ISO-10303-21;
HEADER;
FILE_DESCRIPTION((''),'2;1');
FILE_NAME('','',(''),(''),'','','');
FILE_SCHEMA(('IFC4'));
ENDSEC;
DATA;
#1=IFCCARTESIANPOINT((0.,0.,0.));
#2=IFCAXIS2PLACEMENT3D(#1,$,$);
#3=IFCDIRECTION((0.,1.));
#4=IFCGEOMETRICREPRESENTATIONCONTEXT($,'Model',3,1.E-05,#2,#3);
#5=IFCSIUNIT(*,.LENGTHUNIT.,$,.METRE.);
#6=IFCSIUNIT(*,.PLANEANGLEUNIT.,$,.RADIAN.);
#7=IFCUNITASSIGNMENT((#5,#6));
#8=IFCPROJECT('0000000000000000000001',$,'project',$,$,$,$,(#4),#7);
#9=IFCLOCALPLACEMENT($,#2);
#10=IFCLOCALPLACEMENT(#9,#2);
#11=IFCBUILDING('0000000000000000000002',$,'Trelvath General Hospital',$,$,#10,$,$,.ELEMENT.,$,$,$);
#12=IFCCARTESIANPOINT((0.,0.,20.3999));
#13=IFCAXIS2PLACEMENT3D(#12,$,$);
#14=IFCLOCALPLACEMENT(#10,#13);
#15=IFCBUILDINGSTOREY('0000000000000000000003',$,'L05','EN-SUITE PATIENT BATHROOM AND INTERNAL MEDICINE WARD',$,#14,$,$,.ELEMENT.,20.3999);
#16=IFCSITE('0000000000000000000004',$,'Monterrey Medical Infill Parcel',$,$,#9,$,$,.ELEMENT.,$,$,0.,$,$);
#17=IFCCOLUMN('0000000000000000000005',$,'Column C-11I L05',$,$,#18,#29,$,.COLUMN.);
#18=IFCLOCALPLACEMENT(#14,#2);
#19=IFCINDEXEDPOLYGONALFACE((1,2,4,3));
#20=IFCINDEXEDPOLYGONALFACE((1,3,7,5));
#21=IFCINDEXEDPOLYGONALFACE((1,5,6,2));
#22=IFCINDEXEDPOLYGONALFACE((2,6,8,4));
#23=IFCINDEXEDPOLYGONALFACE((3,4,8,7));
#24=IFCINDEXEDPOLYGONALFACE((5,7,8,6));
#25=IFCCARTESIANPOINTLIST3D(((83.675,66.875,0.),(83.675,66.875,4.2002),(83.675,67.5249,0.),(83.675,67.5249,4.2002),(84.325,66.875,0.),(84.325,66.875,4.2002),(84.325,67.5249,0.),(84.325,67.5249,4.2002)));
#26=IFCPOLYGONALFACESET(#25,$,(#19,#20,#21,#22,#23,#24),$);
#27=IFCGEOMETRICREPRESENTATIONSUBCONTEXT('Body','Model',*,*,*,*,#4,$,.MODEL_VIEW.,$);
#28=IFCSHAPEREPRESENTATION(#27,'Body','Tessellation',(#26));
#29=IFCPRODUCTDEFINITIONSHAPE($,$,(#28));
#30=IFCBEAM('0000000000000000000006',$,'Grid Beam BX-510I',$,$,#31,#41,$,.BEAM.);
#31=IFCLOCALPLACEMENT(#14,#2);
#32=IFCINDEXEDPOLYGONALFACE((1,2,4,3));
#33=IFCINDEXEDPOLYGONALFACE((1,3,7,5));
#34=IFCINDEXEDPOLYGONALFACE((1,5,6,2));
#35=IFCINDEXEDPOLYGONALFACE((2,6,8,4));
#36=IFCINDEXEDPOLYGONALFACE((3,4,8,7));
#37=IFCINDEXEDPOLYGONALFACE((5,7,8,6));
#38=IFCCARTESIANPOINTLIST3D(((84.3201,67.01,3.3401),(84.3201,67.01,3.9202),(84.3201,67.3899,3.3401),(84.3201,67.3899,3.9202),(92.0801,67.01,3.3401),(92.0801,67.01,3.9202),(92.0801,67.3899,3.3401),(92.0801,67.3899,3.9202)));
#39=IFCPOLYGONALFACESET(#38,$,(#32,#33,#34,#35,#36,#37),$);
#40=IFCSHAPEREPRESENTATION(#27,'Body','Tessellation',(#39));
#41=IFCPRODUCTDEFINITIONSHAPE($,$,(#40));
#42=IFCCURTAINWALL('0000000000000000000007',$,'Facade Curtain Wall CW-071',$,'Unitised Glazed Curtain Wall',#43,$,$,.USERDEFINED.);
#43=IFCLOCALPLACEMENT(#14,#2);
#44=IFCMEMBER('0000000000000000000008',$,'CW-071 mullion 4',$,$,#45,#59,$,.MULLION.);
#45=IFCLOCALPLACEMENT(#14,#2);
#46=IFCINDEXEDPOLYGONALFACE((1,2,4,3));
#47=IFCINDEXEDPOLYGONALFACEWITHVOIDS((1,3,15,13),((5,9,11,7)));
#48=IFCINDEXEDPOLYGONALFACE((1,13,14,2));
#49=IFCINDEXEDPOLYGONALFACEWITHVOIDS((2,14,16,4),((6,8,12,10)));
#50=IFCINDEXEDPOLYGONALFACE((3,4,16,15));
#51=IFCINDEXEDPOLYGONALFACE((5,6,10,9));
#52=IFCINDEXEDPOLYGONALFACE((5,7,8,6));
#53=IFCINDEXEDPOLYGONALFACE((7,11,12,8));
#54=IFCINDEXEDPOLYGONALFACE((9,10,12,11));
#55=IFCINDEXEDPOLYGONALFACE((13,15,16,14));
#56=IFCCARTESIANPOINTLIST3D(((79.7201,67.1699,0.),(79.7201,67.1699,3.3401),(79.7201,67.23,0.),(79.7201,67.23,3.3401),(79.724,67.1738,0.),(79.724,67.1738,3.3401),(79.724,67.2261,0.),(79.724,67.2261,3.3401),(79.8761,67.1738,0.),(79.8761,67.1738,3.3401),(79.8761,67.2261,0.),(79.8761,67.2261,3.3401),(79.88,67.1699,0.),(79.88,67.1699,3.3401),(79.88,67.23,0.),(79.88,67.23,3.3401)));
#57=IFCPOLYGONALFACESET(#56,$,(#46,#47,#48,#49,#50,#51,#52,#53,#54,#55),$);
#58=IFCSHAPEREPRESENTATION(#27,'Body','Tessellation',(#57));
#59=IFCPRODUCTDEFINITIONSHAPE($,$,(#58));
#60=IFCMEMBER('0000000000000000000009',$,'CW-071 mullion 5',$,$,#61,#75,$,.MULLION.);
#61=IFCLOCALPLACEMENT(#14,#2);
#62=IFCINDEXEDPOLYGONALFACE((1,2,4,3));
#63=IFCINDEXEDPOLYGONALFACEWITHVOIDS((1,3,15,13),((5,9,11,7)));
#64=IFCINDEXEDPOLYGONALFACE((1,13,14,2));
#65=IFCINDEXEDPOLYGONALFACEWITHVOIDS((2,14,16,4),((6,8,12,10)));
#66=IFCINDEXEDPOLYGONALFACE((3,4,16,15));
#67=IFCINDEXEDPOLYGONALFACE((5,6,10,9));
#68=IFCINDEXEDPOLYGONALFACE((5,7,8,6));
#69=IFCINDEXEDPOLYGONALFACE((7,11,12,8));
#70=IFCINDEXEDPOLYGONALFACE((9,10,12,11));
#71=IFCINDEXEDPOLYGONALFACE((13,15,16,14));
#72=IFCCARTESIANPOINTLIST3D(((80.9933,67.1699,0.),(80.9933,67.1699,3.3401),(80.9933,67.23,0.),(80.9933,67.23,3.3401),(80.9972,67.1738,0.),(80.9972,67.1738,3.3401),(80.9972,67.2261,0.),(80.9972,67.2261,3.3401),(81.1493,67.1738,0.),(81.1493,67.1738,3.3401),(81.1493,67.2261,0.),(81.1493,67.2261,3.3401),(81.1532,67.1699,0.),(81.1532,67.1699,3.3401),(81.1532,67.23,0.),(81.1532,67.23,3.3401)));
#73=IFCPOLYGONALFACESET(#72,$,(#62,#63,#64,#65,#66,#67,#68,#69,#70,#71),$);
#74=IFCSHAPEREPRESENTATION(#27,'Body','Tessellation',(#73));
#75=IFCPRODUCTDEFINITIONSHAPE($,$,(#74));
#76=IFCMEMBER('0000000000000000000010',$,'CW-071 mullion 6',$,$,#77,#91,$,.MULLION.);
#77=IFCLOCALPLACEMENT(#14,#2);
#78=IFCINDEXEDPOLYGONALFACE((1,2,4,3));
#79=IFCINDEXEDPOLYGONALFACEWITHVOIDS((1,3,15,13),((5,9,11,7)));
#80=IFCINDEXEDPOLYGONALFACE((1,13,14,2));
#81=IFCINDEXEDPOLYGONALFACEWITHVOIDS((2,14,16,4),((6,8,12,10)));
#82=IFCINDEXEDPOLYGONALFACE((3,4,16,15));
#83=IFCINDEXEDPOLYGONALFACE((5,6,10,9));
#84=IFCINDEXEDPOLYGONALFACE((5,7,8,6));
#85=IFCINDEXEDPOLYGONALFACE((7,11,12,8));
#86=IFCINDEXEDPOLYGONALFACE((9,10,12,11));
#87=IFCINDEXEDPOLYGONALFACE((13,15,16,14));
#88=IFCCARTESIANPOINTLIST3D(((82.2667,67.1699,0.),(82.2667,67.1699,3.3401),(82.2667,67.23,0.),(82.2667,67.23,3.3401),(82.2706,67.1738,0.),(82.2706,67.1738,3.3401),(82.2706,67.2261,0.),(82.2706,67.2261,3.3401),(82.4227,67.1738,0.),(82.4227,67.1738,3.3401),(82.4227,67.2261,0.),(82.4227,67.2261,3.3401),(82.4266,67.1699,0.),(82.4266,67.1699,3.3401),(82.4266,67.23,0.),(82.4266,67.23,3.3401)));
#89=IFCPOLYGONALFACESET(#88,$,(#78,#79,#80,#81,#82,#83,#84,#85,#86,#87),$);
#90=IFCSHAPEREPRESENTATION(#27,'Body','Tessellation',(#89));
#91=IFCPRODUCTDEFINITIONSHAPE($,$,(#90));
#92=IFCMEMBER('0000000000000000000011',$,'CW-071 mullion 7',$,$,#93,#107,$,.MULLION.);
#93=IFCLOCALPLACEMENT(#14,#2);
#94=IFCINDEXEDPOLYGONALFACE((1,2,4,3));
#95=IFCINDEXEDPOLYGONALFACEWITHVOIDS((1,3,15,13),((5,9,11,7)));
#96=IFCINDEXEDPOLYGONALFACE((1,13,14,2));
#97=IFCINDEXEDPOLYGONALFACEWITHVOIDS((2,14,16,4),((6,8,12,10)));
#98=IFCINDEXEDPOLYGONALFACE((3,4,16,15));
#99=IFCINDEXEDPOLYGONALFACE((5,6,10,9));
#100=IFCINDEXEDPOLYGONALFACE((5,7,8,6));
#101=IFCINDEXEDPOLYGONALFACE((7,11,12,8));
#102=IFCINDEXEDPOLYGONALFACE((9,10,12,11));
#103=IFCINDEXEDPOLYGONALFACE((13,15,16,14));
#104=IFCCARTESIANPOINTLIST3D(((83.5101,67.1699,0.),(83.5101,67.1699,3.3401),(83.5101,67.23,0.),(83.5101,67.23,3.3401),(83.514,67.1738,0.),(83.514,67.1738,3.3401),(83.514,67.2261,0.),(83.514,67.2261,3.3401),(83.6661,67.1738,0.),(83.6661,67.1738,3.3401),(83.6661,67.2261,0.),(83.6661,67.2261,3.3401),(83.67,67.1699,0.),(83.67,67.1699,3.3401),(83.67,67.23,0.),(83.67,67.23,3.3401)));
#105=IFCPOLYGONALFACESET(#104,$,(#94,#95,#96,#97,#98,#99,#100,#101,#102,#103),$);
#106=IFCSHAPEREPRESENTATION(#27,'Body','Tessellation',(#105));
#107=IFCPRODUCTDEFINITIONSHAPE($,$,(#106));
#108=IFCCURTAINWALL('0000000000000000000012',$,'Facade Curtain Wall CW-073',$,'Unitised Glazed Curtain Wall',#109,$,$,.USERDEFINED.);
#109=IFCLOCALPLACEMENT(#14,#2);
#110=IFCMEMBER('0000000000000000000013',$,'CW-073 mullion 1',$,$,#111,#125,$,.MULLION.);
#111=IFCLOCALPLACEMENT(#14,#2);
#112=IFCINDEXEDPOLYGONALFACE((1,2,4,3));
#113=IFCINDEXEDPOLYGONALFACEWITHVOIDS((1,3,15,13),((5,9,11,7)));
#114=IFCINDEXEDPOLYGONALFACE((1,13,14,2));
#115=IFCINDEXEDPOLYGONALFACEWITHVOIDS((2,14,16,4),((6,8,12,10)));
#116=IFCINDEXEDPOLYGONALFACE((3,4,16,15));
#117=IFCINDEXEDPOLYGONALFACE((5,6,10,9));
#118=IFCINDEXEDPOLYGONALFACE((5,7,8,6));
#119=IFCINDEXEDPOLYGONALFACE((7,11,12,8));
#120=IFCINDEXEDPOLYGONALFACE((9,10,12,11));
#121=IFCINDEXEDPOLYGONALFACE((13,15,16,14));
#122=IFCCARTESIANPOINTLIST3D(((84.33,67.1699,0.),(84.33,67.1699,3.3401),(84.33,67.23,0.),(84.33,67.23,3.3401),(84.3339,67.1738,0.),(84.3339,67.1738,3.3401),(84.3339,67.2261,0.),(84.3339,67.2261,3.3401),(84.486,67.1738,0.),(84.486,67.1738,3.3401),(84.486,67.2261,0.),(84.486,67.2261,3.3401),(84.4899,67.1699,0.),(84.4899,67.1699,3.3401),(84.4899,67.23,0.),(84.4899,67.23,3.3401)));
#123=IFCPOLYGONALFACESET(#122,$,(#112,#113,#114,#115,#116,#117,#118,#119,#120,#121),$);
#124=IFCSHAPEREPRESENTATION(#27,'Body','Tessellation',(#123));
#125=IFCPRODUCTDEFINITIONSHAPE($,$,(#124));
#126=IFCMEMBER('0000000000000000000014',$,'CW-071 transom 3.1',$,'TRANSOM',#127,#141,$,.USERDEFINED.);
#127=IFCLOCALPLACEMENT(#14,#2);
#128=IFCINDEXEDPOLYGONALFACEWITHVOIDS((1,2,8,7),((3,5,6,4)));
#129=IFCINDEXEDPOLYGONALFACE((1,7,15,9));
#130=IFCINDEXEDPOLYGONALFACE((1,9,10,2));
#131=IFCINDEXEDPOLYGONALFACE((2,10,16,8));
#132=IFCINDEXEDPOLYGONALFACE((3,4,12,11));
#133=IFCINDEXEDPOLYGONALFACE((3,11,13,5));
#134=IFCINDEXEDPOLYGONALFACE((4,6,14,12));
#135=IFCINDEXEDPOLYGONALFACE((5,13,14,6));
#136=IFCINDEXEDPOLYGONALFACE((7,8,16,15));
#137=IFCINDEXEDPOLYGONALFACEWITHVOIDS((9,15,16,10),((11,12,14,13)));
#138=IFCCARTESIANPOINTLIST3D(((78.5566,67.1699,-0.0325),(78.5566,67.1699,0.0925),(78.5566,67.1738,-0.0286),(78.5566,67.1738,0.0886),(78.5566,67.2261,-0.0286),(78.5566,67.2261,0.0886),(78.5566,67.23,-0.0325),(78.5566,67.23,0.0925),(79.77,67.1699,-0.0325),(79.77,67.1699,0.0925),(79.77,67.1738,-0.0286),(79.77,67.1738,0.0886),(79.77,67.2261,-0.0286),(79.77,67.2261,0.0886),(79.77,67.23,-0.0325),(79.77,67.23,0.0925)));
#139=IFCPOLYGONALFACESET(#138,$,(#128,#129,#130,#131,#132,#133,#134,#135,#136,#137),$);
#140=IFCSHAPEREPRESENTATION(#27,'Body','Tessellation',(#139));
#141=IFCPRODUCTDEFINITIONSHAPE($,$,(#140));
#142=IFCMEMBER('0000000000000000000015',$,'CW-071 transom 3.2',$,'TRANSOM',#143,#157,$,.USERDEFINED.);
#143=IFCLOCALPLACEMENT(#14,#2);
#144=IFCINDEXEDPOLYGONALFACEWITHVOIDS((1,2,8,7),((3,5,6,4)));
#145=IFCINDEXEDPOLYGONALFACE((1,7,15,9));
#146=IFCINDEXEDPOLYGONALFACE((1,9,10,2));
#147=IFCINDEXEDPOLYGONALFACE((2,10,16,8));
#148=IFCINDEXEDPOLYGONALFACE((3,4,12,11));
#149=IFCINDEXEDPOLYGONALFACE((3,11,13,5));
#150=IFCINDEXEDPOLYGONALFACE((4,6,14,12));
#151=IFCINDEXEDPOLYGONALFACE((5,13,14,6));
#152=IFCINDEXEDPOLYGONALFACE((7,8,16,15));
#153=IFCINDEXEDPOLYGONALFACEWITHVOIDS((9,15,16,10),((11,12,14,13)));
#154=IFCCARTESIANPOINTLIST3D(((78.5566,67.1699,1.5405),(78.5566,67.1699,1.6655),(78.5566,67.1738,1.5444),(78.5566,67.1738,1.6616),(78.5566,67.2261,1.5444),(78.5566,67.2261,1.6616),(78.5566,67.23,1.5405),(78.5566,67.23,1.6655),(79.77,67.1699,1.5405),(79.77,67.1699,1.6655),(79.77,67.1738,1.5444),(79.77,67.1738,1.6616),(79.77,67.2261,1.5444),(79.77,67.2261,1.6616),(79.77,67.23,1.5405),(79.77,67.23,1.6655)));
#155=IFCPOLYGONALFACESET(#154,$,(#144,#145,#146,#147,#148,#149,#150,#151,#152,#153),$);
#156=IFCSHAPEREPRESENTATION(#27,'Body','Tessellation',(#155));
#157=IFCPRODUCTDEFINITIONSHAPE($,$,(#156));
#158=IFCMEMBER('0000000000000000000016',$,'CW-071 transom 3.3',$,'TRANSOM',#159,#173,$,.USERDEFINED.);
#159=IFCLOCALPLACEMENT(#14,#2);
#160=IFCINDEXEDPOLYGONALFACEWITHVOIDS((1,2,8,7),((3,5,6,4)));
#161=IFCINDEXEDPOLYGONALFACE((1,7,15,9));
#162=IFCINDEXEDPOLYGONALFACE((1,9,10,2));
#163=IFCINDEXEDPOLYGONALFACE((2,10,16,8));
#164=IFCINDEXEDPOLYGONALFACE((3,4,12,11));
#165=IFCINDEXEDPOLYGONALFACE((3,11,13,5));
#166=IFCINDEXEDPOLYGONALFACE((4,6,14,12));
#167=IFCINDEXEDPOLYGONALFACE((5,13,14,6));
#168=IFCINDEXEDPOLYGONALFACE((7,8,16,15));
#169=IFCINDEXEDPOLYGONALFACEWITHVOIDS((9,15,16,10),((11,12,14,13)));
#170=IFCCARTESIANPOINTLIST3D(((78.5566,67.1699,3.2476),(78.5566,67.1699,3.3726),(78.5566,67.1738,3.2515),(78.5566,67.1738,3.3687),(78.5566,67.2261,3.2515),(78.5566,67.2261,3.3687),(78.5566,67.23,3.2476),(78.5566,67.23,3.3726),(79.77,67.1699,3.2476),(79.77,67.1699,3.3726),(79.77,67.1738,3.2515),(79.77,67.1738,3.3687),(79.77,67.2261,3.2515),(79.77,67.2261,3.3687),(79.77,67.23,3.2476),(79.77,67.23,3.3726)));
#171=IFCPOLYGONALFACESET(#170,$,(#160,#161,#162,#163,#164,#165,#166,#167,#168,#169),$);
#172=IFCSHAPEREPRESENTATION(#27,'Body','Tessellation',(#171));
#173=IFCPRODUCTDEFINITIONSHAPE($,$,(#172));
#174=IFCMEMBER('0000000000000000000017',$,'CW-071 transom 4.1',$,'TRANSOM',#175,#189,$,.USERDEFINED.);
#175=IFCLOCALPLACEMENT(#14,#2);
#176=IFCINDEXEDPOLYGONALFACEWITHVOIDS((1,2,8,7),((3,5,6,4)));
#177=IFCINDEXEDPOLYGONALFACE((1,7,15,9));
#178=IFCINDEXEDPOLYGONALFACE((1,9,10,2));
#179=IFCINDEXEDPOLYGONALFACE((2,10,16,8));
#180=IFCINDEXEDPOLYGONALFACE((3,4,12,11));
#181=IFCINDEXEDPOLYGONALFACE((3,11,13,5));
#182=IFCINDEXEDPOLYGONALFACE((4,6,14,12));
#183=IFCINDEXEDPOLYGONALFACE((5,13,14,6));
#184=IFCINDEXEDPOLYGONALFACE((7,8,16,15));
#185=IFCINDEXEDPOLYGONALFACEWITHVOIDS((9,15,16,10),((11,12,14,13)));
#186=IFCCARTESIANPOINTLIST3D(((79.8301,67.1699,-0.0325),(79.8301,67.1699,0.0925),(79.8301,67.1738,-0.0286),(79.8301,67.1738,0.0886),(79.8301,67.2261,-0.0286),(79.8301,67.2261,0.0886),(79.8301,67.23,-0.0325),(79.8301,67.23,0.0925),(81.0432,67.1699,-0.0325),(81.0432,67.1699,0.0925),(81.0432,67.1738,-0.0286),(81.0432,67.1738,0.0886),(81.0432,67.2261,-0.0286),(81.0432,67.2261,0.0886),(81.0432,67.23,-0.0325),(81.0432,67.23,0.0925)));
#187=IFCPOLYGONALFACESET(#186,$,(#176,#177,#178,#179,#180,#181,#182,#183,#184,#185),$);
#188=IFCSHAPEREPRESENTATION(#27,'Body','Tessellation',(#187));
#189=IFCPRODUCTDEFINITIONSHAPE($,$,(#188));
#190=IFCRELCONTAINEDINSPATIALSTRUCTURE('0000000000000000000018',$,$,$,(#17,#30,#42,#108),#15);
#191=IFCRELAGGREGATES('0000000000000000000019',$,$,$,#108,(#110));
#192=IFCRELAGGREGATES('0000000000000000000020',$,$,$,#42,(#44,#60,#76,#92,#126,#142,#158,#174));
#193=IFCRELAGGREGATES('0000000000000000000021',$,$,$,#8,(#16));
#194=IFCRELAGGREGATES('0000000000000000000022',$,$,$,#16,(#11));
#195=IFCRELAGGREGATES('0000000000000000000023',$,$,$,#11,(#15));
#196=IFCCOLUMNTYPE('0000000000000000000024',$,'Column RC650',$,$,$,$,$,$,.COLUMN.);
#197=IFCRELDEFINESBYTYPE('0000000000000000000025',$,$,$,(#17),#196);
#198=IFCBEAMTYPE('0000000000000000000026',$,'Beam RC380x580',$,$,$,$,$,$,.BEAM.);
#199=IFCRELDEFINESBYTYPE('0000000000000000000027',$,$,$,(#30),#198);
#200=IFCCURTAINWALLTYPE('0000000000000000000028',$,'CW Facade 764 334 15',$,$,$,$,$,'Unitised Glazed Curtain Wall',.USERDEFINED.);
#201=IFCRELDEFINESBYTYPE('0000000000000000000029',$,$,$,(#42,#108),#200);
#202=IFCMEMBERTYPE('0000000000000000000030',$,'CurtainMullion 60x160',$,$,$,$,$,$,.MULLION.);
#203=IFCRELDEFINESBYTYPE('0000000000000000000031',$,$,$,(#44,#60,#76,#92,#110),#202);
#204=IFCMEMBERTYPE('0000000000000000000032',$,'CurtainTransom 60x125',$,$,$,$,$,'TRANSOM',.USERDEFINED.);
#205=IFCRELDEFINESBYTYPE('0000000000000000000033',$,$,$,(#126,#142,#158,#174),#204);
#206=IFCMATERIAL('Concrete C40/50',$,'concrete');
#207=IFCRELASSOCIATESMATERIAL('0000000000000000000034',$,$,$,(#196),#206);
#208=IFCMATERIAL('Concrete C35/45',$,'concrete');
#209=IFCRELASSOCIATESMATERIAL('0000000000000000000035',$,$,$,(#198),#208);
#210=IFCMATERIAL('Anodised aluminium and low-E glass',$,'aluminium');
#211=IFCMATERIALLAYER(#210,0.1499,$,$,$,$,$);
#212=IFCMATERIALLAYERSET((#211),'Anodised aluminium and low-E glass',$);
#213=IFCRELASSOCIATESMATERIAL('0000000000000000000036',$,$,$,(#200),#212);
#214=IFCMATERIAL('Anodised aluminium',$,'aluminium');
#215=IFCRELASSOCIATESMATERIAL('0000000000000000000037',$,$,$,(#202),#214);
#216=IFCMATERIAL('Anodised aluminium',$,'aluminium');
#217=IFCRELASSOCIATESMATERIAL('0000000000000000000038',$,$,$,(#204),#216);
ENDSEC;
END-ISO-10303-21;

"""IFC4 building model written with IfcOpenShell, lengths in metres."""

from ifc_helpers import new_model, si_unit, direction, frame, origin, origin_2d, place, context, subcontext, project, spatial, rectangle, hollow_rectangle, extrude, material, layer, layer_set, material_profile, profile_set, type_object, element, aggregate, save


model = new_model("IFC4")

# Units and contexts
model_context = context("Model", 3, precision=1e-05, world=origin(), true_north=direction((0.0, 1.0)))
body_context = subcontext(model_context, "Body", "Model", "MODEL_VIEW")
ifc_project = project(units=[si_unit("LENGTHUNIT", "METRE"), si_unit("PLANEANGLEUNIT", "RADIAN")], contexts=[model_context])

# Site, building, storey
site_placement = place(None, origin())
site = spatial("IfcSite", under=ifc_project, at=site_placement, Name="Monterrey Medical Infill Parcel", CompositionType="ELEMENT", RefElevation=0.0)
building_placement = place(site_placement, origin())
building = spatial("IfcBuilding", under=site, at=building_placement, Name="Trelvath General Hospital", CompositionType="ELEMENT")
storey_placement = place(building_placement, frame((0.0, 0.0, 20.3999)))
storey = spatial("IfcBuildingStorey", under=building, at=storey_placement, Name="L05", Description="EN-SUITE PATIENT BATHROOM AND INTERNAL MEDICINE WARD", CompositionType="ELEMENT", Elevation=20.3999)

# Column
ifc_material_1 = material(Name="Concrete C40/50", Category="concrete")
ifc_material_profile_1 = material_profile(ifc_material_1, rectangle(XDim=0.6499, YDim=0.6499, at=origin_2d()), Name="RC650x650")
ifc_profile_set_1 = profile_set([ifc_material_profile_1], Name="Concrete C40/50")
column_type = type_object("IfcColumnType", Name="Column RC650", PredefinedType="COLUMN", material=ifc_profile_set_1)
column_placement = place(storey_placement, frame((84.0, 67.2, 0.0), z_axis=(0.0, 0.0, 1.0), x_axis=(1.0, 0.0, 0.0)))
element("IfcColumn", 1, at=column_placement, inside=storey, type_object=column_type, Name="Column C-11I L05", PredefinedType="COLUMN", context=body_context, shape_type="SweptSolid", body=[
    extrude(rectangle(XDim=0.6499, YDim=0.6499, at=origin_2d()), origin(), (0.0, 0.0, 1.0), 4.2002),
])

# Beam
ifc_material_2 = material(Name="Concrete C35/45", Category="concrete")
ifc_material_profile_2 = material_profile(ifc_material_2, rectangle(XDim=0.3799, YDim=0.5801, at=origin_2d()), Name="RCB380x580")
ifc_profile_set_2 = profile_set([ifc_material_profile_2], Name="Concrete C35/45")
beam_type = type_object("IfcBeamType", Name="Beam RC380x580", PredefinedType="BEAM", material=ifc_profile_set_2)
beam_placement = place(storey_placement, frame((84.3201, 67.2, 3.6301), z_axis=(1.0, 0.0, 0.0), x_axis=(0.0, 1.0, 0.0)))
element("IfcBeam", 2, at=beam_placement, inside=storey, type_object=beam_type, Name="Grid Beam BX-510I", PredefinedType="BEAM", context=body_context, shape_type="SweptSolid", body=[
    extrude(rectangle(XDim=0.3799, YDim=0.5801, at=origin_2d()), origin(), (0.0, 0.0, 1.0), 7.76),
])

# Curtain wall, members
ifc_material_3 = material(Name="Anodised aluminium and low-E glass", Category="aluminium")
ifc_layer_1 = layer(ifc_material_3, 0.1499)
ifc_layer_set_1 = layer_set([ifc_layer_1], Name="Anodised aluminium and low-E glass")
curtain_wall_type = type_object("IfcCurtainWallType", Name="CW Facade 764 334 15", ElementType="Unitised Glazed Curtain Wall", PredefinedType="USERDEFINED", material=ifc_layer_set_1)
curtain_wall_1_placement = place(storey_placement, origin())
curtain_wall_1 = element("IfcCurtainWall", 3, at=curtain_wall_1_placement, inside=storey, type_object=curtain_wall_type, Name="Facade Curtain Wall CW-071", ObjectType="Unitised Glazed Curtain Wall", PredefinedType="USERDEFINED")
ifc_material_4 = material(Name="Anodised aluminium", Category="aluminium")
ifc_material_profile_3 = material_profile(ifc_material_4, hollow_rectangle(XDim=0.0601, YDim=0.1599, WallThickness=0.0039, at=origin_2d()), Name="RHS60x160x4")
ifc_profile_set_3 = profile_set([ifc_material_profile_3], Name="Anodised aluminium")
member_type_1 = type_object("IfcMemberType", Name="CurtainMullion 60x160", PredefinedType="MULLION", material=ifc_profile_set_3)
member_1_placement = place(storey_placement, frame((79.8, 67.2, 0.0), z_axis=(0.0, 0.0, 1.0), x_axis=(0.0, 1.0, 0.0)))
member_1 = element("IfcMember", 4, at=member_1_placement, type_object=member_type_1, Name="CW-071 mullion 4", PredefinedType="MULLION", context=body_context, shape_type="SweptSolid", body=[
    extrude(hollow_rectangle(XDim=0.0601, YDim=0.1599, WallThickness=0.0039, at=origin_2d()), origin(), (0.0, 0.0, 1.0), 3.3401),
])
member_2_placement = place(storey_placement, frame((81.0732, 67.2, 0.0), z_axis=(0.0, 0.0, 1.0), x_axis=(0.0, 1.0, 0.0)))
member_2 = element("IfcMember", 5, at=member_2_placement, type_object=member_type_1, Name="CW-071 mullion 5", PredefinedType="MULLION", context=body_context, shape_type="SweptSolid", body=[
    extrude(hollow_rectangle(XDim=0.0601, YDim=0.1599, WallThickness=0.0039, at=origin_2d()), origin(), (0.0, 0.0, 1.0), 3.3401),
])
member_3_placement = place(storey_placement, frame((82.3467, 67.2, 0.0), z_axis=(0.0, 0.0, 1.0), x_axis=(0.0, 1.0, 0.0)))
member_3 = element("IfcMember", 6, at=member_3_placement, type_object=member_type_1, Name="CW-071 mullion 6", PredefinedType="MULLION", context=body_context, shape_type="SweptSolid", body=[
    extrude(hollow_rectangle(XDim=0.0601, YDim=0.1599, WallThickness=0.0039, at=origin_2d()), origin(), (0.0, 0.0, 1.0), 3.3401),
])
member_4_placement = place(storey_placement, frame((83.5901, 67.2, 0.0), z_axis=(0.0, 0.0, 1.0), x_axis=(0.0, 1.0, 0.0)))
member_4 = element("IfcMember", 7, at=member_4_placement, type_object=member_type_1, Name="CW-071 mullion 7", PredefinedType="MULLION", context=body_context, shape_type="SweptSolid", body=[
    extrude(hollow_rectangle(XDim=0.0601, YDim=0.1599, WallThickness=0.0039, at=origin_2d()), origin(), (0.0, 0.0, 1.0), 3.3401),
])

# Curtain wall, member
curtain_wall_2_placement = place(storey_placement, origin())
curtain_wall_2 = element("IfcCurtainWall", 8, at=curtain_wall_2_placement, inside=storey, type_object=curtain_wall_type, Name="Facade Curtain Wall CW-073", ObjectType="Unitised Glazed Curtain Wall", PredefinedType="USERDEFINED")
member_5_placement = place(storey_placement, frame((84.4099, 67.2, 0.0), z_axis=(0.0, 0.0, 1.0), x_axis=(0.0, 1.0, 0.0)))
member_5 = element("IfcMember", 9, at=member_5_placement, type_object=member_type_1, Name="CW-073 mullion 1", PredefinedType="MULLION", context=body_context, shape_type="SweptSolid", body=[
    extrude(hollow_rectangle(XDim=0.0601, YDim=0.1599, WallThickness=0.0039, at=origin_2d()), origin(), (0.0, 0.0, 1.0), 3.3401),
])
aggregate(curtain_wall_2, [member_5])

# Members
ifc_material_5 = material(Name="Anodised aluminium", Category="aluminium")
ifc_material_profile_4 = material_profile(ifc_material_5, hollow_rectangle(XDim=0.0601, YDim=0.125, WallThickness=0.0039, at=origin_2d()), Name="RHS60x125x4")
ifc_profile_set_4 = profile_set([ifc_material_profile_4], Name="Anodised aluminium")
member_type_2 = type_object("IfcMemberType", Name="CurtainTransom 60x125", ElementType="TRANSOM", PredefinedType="USERDEFINED", material=ifc_profile_set_4)
member_6_placement = place(storey_placement, frame((78.5566, 67.2, 0.03), z_axis=(1.0, 0.0, 0.0), x_axis=(0.0, 1.0, 0.0)))
member_6 = element("IfcMember", 10, at=member_6_placement, type_object=member_type_2, Name="CW-071 transom 3.1", ObjectType="TRANSOM", PredefinedType="USERDEFINED", context=body_context, shape_type="SweptSolid", body=[
    extrude(hollow_rectangle(XDim=0.0601, YDim=0.125, WallThickness=0.0039, at=origin_2d()), origin(), (0.0, 0.0, 1.0), 1.2134),
])
member_7_placement = place(storey_placement, frame((78.5566, 67.2, 1.603), z_axis=(1.0, 0.0, 0.0), x_axis=(0.0, 1.0, 0.0)))
member_7 = element("IfcMember", 11, at=member_7_placement, type_object=member_type_2, Name="CW-071 transom 3.2", ObjectType="TRANSOM", PredefinedType="USERDEFINED", context=body_context, shape_type="SweptSolid", body=[
    extrude(hollow_rectangle(XDim=0.0601, YDim=0.125, WallThickness=0.0039, at=origin_2d()), origin(), (0.0, 0.0, 1.0), 1.2134),
])
member_8_placement = place(storey_placement, frame((78.5566, 67.2, 3.3101), z_axis=(1.0, 0.0, 0.0), x_axis=(0.0, 1.0, 0.0)))
member_8 = element("IfcMember", 12, at=member_8_placement, type_object=member_type_2, Name="CW-071 transom 3.3", ObjectType="TRANSOM", PredefinedType="USERDEFINED", context=body_context, shape_type="SweptSolid", body=[
    extrude(hollow_rectangle(XDim=0.0601, YDim=0.125, WallThickness=0.0039, at=origin_2d()), origin(), (0.0, 0.0, 1.0), 1.2134),
])
member_9_placement = place(storey_placement, frame((79.8301, 67.2, 0.03), z_axis=(1.0, 0.0, 0.0), x_axis=(0.0, 1.0, 0.0)))
member_9 = element("IfcMember", 13, at=member_9_placement, type_object=member_type_2, Name="CW-071 transom 4.1", ObjectType="TRANSOM", PredefinedType="USERDEFINED", context=body_context, shape_type="SweptSolid", body=[
    extrude(hollow_rectangle(XDim=0.0601, YDim=0.125, WallThickness=0.0039, at=origin_2d()), origin(), (0.0, 0.0, 1.0), 1.2131),
])

aggregate(curtain_wall_1, [member_1, member_2, member_3, member_4, member_6, member_7, member_8, member_9])

save(model, "model.ifc")
